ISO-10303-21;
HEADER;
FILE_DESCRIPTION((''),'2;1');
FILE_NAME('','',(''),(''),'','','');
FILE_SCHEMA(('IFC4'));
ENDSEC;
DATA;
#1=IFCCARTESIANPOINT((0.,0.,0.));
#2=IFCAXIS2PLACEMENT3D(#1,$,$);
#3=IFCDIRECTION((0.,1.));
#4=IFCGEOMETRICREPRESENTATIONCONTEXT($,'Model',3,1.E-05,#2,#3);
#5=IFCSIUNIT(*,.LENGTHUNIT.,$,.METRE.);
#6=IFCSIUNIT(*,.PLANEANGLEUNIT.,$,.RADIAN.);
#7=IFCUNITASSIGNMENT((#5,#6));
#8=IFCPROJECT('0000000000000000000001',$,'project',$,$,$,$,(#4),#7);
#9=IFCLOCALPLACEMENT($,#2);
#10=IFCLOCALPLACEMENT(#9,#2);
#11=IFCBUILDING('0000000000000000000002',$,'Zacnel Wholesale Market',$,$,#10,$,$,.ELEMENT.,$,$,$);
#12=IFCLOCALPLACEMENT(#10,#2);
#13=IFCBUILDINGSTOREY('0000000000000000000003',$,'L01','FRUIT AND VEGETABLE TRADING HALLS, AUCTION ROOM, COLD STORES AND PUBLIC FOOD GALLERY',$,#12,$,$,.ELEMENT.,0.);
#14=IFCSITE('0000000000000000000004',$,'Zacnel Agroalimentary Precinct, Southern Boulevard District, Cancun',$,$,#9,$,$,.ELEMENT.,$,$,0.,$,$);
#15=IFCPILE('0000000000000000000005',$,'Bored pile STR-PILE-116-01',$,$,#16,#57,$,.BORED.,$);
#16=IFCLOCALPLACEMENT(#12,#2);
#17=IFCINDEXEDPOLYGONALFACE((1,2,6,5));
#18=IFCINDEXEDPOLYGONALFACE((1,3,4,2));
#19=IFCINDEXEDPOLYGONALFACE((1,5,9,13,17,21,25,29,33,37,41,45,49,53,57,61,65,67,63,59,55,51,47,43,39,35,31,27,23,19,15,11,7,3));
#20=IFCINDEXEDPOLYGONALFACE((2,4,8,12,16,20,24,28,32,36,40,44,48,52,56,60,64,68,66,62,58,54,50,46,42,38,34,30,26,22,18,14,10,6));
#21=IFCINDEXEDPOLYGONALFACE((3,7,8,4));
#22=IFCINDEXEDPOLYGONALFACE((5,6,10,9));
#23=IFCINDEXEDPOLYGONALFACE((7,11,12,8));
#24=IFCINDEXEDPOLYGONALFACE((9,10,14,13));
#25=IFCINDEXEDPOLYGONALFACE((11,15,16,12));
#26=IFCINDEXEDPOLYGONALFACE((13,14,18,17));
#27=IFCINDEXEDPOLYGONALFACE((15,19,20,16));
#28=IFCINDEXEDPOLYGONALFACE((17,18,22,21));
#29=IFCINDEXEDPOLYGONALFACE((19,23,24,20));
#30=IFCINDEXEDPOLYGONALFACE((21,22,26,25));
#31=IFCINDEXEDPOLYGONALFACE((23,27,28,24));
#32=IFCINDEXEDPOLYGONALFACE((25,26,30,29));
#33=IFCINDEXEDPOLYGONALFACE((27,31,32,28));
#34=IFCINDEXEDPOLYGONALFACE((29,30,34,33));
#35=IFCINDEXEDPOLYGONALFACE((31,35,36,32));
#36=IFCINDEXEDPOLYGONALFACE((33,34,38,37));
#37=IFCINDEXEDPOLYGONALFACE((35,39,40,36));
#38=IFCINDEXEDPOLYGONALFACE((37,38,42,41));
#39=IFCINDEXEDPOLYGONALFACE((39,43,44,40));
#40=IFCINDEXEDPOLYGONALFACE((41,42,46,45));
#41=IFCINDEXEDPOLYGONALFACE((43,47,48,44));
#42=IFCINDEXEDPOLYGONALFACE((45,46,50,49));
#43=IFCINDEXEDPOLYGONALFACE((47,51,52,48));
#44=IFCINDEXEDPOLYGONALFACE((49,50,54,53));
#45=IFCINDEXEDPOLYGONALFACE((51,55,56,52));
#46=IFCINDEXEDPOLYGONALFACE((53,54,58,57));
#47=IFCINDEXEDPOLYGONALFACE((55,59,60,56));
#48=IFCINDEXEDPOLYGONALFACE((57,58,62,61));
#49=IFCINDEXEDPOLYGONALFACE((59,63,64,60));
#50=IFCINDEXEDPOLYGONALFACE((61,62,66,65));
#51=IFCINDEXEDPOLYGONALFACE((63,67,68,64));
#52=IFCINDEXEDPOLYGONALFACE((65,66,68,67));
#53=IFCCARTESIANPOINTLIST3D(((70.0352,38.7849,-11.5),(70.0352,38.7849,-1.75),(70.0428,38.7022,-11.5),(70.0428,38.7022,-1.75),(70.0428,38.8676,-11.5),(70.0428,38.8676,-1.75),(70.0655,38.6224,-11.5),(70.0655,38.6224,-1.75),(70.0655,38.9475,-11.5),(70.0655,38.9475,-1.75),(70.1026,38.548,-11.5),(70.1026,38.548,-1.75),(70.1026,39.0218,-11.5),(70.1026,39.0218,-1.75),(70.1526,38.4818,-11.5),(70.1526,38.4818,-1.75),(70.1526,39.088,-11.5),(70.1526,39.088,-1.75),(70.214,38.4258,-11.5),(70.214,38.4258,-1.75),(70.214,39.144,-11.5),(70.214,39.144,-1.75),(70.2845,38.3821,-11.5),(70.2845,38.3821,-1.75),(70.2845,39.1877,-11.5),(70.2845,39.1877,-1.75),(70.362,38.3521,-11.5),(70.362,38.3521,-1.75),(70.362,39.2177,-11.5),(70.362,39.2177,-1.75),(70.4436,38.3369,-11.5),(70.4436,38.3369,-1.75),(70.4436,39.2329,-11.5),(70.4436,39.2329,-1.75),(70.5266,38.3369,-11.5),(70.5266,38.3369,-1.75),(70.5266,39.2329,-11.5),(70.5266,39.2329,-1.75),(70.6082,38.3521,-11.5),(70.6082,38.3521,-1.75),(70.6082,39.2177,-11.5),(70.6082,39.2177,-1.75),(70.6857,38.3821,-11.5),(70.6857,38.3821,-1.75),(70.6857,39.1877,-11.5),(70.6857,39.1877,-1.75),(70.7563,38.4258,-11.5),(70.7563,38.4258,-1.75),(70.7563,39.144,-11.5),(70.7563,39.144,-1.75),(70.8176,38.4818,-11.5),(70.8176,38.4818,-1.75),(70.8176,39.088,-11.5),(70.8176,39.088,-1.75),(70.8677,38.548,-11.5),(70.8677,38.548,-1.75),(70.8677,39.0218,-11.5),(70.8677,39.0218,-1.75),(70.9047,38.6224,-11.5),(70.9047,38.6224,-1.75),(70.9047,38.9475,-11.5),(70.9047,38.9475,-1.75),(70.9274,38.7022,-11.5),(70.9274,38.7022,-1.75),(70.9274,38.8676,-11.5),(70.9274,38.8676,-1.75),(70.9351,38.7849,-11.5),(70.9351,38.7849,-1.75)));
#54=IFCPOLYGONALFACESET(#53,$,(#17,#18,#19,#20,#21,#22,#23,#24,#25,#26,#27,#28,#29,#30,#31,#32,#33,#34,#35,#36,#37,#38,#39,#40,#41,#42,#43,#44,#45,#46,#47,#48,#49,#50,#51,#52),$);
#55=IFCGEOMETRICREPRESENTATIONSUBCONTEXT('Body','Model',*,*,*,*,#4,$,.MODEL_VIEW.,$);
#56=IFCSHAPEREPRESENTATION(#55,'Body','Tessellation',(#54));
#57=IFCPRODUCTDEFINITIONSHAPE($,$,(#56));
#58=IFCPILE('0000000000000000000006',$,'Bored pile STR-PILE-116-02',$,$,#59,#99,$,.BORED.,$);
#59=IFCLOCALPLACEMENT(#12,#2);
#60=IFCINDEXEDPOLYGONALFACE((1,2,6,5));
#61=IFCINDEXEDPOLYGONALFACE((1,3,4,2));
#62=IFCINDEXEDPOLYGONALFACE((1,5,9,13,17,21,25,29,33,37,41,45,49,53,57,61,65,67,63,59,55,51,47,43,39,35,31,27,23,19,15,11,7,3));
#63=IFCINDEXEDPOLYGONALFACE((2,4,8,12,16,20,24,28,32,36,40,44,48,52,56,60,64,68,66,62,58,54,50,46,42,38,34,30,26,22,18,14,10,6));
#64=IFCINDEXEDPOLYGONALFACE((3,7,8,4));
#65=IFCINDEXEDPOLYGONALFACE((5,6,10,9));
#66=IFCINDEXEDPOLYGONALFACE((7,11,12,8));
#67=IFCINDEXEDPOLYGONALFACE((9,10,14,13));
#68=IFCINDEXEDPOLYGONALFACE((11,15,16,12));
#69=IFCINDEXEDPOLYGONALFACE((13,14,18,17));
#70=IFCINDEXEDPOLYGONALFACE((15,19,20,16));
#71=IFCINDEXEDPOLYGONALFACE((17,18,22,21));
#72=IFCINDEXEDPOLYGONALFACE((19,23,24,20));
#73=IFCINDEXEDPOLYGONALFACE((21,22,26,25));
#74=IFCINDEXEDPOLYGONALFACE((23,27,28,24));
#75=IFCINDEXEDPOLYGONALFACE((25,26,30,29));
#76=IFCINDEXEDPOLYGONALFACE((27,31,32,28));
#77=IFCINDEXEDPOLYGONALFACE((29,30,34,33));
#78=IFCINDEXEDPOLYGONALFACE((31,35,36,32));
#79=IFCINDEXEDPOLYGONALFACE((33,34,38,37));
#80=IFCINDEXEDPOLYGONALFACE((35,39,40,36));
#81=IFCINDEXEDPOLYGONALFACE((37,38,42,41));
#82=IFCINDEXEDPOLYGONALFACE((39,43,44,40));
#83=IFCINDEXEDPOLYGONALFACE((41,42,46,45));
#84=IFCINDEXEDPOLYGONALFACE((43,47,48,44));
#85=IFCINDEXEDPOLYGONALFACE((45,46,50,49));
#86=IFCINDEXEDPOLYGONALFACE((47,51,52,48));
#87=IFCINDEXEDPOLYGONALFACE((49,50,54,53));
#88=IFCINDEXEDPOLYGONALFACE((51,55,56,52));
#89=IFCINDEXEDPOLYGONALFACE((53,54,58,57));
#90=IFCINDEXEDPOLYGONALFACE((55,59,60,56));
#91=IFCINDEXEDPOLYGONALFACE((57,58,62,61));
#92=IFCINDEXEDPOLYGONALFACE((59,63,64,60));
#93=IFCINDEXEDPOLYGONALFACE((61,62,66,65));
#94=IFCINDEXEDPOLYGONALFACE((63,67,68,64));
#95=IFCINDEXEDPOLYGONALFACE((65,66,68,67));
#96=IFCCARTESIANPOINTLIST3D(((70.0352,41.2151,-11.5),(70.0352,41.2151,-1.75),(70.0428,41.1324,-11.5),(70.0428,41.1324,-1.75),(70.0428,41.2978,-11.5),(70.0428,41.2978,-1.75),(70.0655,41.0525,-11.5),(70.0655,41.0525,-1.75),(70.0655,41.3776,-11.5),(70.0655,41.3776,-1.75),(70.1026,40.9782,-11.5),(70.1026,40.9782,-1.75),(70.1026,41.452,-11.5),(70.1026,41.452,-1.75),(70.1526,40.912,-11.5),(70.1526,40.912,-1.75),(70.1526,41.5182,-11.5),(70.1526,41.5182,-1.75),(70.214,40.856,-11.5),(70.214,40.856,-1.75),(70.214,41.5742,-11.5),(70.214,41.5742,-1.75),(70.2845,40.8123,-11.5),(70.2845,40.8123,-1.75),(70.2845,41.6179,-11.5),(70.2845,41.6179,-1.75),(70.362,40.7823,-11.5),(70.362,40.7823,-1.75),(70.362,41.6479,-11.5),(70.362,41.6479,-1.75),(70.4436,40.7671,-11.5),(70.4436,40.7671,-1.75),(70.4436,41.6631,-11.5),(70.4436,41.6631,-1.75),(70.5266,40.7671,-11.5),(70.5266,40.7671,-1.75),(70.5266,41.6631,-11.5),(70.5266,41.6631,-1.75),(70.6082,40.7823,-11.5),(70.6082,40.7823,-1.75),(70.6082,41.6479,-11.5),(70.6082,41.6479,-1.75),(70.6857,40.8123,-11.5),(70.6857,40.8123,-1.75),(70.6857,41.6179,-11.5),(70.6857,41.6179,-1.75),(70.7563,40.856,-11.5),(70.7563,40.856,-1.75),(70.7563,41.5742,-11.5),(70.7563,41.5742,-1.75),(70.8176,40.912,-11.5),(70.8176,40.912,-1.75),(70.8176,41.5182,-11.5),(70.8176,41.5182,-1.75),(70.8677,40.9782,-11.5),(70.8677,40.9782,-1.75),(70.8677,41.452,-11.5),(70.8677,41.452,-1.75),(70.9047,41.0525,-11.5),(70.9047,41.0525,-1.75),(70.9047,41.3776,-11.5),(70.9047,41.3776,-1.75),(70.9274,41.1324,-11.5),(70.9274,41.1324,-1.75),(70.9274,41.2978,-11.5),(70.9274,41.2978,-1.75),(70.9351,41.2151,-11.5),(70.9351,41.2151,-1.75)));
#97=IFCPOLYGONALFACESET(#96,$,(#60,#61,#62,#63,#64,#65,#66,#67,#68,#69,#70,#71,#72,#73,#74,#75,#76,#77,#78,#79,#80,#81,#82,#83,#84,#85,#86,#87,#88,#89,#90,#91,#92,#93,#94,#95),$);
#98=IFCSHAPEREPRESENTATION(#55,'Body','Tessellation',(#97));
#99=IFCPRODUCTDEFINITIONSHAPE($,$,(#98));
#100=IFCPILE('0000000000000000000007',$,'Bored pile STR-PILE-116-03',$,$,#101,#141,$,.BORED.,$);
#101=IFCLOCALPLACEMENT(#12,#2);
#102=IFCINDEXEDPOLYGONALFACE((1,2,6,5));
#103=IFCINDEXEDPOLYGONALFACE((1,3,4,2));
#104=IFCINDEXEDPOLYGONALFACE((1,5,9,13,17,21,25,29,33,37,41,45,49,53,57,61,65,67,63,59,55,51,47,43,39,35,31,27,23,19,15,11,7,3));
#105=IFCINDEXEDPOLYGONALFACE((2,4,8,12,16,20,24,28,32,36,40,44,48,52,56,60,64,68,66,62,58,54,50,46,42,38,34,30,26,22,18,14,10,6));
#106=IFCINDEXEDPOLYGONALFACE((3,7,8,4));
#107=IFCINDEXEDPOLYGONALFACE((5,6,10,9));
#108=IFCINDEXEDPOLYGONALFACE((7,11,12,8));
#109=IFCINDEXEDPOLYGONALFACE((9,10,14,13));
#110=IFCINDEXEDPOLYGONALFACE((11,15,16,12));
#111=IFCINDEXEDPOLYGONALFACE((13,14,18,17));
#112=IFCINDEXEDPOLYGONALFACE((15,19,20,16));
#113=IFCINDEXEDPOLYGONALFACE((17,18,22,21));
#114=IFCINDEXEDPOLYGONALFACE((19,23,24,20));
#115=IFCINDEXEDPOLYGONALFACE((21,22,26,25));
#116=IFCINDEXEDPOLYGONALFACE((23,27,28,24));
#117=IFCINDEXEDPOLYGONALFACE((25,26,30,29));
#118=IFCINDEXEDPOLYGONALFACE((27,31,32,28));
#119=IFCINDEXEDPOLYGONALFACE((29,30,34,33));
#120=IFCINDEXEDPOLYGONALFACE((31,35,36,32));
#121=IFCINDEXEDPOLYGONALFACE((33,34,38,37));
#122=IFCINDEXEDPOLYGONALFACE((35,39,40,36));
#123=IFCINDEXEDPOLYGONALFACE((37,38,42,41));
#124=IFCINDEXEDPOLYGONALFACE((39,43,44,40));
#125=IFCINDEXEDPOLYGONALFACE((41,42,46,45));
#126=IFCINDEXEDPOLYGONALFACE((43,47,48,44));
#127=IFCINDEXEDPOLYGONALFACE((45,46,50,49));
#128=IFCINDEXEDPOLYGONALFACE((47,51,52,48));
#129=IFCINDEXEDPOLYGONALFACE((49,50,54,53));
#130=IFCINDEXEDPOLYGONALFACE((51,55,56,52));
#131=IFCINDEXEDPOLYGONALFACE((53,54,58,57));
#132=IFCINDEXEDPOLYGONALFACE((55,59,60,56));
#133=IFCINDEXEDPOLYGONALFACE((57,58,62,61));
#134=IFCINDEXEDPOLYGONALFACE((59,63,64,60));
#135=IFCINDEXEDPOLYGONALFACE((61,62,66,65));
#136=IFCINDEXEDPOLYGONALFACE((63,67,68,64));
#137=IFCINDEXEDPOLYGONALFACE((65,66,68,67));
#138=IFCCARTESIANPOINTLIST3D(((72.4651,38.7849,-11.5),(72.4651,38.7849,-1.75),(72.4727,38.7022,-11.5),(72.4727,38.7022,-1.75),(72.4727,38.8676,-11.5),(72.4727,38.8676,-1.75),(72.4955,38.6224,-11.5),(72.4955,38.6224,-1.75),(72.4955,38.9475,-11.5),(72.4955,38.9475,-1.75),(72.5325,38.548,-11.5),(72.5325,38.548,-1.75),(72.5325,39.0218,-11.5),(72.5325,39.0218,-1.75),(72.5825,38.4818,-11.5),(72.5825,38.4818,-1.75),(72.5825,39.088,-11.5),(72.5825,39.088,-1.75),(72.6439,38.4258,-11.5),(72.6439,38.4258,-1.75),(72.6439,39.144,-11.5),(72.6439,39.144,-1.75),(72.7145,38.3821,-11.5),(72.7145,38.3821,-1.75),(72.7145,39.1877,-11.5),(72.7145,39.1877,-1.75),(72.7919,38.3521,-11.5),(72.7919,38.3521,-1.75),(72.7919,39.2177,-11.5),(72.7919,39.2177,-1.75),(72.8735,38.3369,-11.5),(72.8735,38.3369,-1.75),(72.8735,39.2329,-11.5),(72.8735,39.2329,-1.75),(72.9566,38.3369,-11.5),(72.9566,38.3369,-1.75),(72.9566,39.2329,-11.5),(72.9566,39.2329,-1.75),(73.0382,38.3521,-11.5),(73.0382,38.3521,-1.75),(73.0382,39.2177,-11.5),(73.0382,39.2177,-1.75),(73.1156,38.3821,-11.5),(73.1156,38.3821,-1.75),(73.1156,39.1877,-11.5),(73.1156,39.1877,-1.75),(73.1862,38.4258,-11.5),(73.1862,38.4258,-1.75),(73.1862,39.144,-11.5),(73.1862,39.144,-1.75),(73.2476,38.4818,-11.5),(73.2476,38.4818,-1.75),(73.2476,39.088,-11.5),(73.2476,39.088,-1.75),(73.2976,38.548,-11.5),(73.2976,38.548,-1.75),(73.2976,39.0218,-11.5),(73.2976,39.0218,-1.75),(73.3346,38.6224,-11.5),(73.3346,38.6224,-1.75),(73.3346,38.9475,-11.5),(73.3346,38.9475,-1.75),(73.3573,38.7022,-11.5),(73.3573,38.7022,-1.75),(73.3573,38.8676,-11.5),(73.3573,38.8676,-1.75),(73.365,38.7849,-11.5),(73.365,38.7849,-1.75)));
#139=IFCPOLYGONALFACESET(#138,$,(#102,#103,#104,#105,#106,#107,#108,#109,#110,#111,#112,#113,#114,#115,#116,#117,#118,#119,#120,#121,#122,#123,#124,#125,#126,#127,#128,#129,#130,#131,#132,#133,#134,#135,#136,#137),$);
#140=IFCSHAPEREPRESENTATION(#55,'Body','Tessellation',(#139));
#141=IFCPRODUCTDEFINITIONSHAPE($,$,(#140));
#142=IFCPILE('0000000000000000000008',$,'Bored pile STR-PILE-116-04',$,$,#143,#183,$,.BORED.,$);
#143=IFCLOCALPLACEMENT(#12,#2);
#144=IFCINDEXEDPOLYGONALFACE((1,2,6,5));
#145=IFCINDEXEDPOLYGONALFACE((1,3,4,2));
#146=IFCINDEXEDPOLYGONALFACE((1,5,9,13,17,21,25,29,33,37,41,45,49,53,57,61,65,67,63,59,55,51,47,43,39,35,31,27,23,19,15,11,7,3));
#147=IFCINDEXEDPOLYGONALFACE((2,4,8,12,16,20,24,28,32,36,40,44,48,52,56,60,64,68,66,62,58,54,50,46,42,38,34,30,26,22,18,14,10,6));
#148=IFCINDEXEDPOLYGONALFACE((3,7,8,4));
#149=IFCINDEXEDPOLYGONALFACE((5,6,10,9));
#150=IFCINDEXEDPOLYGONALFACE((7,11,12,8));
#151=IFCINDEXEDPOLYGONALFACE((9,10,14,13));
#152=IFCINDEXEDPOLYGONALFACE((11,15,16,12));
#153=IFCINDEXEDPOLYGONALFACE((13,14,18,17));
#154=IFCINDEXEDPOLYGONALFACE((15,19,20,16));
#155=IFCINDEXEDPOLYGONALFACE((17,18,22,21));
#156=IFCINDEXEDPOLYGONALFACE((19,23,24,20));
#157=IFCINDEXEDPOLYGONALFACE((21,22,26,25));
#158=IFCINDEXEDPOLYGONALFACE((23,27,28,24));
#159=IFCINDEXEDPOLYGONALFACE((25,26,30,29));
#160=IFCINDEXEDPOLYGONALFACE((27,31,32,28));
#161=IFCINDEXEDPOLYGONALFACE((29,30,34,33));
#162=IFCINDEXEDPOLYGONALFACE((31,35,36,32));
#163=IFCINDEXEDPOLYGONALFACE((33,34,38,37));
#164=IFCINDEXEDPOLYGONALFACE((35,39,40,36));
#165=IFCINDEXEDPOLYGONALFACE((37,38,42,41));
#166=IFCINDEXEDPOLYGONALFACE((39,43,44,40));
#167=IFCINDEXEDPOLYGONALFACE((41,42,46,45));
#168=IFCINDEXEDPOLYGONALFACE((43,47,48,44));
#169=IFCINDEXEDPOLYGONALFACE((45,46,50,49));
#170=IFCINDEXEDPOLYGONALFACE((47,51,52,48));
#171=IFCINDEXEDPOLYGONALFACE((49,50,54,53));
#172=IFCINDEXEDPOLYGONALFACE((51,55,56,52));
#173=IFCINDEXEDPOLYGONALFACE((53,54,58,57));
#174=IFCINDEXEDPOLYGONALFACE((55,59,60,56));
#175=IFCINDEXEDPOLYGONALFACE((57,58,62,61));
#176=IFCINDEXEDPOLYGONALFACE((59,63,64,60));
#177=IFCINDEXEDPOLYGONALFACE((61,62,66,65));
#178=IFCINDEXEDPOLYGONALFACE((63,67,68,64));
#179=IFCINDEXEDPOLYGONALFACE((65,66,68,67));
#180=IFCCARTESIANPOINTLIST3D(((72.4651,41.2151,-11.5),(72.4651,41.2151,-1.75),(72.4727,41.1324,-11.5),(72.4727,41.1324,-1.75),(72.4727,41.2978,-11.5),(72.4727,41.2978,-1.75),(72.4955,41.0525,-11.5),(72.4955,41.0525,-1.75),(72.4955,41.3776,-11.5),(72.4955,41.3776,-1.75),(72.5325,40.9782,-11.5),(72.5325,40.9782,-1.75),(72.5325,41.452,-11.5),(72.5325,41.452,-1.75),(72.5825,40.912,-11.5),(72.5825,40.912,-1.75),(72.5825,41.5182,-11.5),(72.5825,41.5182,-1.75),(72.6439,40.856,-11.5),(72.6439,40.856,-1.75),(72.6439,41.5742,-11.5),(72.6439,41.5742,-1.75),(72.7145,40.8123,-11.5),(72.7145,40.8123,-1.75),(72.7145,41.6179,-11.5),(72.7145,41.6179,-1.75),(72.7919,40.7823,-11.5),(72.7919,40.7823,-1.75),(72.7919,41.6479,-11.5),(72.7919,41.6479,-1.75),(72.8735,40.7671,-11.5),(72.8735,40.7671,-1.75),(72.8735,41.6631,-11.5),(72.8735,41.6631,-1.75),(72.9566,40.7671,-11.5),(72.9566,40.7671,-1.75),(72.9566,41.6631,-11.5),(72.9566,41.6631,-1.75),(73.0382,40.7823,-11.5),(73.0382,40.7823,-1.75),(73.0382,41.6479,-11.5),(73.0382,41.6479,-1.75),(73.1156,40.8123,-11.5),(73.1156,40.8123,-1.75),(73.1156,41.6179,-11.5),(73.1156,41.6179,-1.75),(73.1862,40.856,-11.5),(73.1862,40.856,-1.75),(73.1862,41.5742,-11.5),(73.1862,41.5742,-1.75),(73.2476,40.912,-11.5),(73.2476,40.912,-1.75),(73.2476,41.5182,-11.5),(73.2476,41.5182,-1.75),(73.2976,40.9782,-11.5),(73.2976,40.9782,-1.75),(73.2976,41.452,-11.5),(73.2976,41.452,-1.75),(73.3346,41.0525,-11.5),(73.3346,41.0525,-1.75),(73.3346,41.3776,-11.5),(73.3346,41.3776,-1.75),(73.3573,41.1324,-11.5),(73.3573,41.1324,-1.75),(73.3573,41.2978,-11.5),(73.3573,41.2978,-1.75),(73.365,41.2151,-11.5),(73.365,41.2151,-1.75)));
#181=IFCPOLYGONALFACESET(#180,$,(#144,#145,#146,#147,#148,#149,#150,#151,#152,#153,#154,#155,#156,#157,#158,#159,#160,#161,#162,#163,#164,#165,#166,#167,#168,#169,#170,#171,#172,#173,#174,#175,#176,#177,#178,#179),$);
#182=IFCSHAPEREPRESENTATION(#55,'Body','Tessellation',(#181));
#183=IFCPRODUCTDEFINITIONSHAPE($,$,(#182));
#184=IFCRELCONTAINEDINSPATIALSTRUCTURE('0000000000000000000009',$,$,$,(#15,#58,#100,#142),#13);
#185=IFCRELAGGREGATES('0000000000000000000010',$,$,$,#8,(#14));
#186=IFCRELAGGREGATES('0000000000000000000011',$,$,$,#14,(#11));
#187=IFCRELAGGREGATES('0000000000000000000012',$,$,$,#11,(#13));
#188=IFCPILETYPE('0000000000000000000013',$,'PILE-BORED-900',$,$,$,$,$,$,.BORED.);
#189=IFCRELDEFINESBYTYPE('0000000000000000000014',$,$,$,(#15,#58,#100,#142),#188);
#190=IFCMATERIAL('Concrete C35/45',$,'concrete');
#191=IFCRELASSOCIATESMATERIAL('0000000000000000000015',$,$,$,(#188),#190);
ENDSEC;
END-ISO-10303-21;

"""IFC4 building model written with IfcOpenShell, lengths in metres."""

from ifc_helpers import new_model, si_unit, direction, frame, origin, origin_2d, place, context, subcontext, project, spatial, circle, extrude, material, material_profile, profile_set, type_object, element, save


model = new_model("IFC4")

# Units and contexts
model_context = context("Model", 3, precision=1e-05, world=origin(), true_north=direction((0.0, 1.0)))
body_context = subcontext(model_context, "Body", "Model", "MODEL_VIEW")
ifc_project = project(units=[si_unit("LENGTHUNIT", "METRE"), si_unit("PLANEANGLEUNIT", "RADIAN")], contexts=[model_context])

# Site, building, storey
site_placement = place(None, origin())
site = spatial("IfcSite", under=ifc_project, at=site_placement, Name="Zacnel Agroalimentary Precinct, Southern Boulevard District, Cancun", CompositionType="ELEMENT", RefElevation=0.0)
building_placement = place(site_placement, origin())
building = spatial("IfcBuilding", under=site, at=building_placement, Name="Zacnel Wholesale Market", CompositionType="ELEMENT")
storey_placement = place(building_placement, origin())
storey = spatial("IfcBuildingStorey", under=building, at=storey_placement, Name="L01", Description="FRUIT AND VEGETABLE TRADING HALLS, AUCTION ROOM, COLD STORES AND PUBLIC FOOD GALLERY", CompositionType="ELEMENT", Elevation=0.0)

# Piles
ifc_material_1 = material(Name="Concrete C35/45", Category="concrete")
ifc_material_profile_1 = material_profile(ifc_material_1, circle(Radius=0.45, at=origin_2d()), Name="BORED PILE D900")
ifc_profile_set_1 = profile_set([ifc_material_profile_1], Name="Concrete C35/45")
pile_type = type_object("IfcPileType", Name="PILE-BORED-900", PredefinedType="BORED", material=ifc_profile_set_1)
for number, where, z_axis, x_axis, name in (
    (1, (70.4851, 38.7849, -1.75), (0.0, 0.0, -1.0), (1.0, 0.0, 0.0), "Bored pile STR-PILE-116-01"),
    (2, (70.4851, 41.2151, -1.75), (0.0, 0.0, -1.0), (1.0, 0.0, 0.0), "Bored pile STR-PILE-116-02"),
    (3, (72.915, 38.7849, -1.75), (0.0, 0.0, -1.0), (1.0, 0.0, 0.0), "Bored pile STR-PILE-116-03"),
    (4, (72.915, 41.2151, -1.75), (0.0, 0.0, -1.0), (1.0, 0.0, 0.0), "Bored pile STR-PILE-116-04"),
):
    element("IfcPile", number, at=place(storey_placement, frame(where, z_axis=z_axis, x_axis=x_axis)), inside=storey, type_object=pile_type, Name=name, PredefinedType="BORED", context=body_context, shape_type="SweptSolid", body=[
        extrude(circle(Radius=0.45, at=origin_2d()), origin(), (0.0, 0.0, 1.0), 9.75),
    ])

save(model, "model.ifc")
